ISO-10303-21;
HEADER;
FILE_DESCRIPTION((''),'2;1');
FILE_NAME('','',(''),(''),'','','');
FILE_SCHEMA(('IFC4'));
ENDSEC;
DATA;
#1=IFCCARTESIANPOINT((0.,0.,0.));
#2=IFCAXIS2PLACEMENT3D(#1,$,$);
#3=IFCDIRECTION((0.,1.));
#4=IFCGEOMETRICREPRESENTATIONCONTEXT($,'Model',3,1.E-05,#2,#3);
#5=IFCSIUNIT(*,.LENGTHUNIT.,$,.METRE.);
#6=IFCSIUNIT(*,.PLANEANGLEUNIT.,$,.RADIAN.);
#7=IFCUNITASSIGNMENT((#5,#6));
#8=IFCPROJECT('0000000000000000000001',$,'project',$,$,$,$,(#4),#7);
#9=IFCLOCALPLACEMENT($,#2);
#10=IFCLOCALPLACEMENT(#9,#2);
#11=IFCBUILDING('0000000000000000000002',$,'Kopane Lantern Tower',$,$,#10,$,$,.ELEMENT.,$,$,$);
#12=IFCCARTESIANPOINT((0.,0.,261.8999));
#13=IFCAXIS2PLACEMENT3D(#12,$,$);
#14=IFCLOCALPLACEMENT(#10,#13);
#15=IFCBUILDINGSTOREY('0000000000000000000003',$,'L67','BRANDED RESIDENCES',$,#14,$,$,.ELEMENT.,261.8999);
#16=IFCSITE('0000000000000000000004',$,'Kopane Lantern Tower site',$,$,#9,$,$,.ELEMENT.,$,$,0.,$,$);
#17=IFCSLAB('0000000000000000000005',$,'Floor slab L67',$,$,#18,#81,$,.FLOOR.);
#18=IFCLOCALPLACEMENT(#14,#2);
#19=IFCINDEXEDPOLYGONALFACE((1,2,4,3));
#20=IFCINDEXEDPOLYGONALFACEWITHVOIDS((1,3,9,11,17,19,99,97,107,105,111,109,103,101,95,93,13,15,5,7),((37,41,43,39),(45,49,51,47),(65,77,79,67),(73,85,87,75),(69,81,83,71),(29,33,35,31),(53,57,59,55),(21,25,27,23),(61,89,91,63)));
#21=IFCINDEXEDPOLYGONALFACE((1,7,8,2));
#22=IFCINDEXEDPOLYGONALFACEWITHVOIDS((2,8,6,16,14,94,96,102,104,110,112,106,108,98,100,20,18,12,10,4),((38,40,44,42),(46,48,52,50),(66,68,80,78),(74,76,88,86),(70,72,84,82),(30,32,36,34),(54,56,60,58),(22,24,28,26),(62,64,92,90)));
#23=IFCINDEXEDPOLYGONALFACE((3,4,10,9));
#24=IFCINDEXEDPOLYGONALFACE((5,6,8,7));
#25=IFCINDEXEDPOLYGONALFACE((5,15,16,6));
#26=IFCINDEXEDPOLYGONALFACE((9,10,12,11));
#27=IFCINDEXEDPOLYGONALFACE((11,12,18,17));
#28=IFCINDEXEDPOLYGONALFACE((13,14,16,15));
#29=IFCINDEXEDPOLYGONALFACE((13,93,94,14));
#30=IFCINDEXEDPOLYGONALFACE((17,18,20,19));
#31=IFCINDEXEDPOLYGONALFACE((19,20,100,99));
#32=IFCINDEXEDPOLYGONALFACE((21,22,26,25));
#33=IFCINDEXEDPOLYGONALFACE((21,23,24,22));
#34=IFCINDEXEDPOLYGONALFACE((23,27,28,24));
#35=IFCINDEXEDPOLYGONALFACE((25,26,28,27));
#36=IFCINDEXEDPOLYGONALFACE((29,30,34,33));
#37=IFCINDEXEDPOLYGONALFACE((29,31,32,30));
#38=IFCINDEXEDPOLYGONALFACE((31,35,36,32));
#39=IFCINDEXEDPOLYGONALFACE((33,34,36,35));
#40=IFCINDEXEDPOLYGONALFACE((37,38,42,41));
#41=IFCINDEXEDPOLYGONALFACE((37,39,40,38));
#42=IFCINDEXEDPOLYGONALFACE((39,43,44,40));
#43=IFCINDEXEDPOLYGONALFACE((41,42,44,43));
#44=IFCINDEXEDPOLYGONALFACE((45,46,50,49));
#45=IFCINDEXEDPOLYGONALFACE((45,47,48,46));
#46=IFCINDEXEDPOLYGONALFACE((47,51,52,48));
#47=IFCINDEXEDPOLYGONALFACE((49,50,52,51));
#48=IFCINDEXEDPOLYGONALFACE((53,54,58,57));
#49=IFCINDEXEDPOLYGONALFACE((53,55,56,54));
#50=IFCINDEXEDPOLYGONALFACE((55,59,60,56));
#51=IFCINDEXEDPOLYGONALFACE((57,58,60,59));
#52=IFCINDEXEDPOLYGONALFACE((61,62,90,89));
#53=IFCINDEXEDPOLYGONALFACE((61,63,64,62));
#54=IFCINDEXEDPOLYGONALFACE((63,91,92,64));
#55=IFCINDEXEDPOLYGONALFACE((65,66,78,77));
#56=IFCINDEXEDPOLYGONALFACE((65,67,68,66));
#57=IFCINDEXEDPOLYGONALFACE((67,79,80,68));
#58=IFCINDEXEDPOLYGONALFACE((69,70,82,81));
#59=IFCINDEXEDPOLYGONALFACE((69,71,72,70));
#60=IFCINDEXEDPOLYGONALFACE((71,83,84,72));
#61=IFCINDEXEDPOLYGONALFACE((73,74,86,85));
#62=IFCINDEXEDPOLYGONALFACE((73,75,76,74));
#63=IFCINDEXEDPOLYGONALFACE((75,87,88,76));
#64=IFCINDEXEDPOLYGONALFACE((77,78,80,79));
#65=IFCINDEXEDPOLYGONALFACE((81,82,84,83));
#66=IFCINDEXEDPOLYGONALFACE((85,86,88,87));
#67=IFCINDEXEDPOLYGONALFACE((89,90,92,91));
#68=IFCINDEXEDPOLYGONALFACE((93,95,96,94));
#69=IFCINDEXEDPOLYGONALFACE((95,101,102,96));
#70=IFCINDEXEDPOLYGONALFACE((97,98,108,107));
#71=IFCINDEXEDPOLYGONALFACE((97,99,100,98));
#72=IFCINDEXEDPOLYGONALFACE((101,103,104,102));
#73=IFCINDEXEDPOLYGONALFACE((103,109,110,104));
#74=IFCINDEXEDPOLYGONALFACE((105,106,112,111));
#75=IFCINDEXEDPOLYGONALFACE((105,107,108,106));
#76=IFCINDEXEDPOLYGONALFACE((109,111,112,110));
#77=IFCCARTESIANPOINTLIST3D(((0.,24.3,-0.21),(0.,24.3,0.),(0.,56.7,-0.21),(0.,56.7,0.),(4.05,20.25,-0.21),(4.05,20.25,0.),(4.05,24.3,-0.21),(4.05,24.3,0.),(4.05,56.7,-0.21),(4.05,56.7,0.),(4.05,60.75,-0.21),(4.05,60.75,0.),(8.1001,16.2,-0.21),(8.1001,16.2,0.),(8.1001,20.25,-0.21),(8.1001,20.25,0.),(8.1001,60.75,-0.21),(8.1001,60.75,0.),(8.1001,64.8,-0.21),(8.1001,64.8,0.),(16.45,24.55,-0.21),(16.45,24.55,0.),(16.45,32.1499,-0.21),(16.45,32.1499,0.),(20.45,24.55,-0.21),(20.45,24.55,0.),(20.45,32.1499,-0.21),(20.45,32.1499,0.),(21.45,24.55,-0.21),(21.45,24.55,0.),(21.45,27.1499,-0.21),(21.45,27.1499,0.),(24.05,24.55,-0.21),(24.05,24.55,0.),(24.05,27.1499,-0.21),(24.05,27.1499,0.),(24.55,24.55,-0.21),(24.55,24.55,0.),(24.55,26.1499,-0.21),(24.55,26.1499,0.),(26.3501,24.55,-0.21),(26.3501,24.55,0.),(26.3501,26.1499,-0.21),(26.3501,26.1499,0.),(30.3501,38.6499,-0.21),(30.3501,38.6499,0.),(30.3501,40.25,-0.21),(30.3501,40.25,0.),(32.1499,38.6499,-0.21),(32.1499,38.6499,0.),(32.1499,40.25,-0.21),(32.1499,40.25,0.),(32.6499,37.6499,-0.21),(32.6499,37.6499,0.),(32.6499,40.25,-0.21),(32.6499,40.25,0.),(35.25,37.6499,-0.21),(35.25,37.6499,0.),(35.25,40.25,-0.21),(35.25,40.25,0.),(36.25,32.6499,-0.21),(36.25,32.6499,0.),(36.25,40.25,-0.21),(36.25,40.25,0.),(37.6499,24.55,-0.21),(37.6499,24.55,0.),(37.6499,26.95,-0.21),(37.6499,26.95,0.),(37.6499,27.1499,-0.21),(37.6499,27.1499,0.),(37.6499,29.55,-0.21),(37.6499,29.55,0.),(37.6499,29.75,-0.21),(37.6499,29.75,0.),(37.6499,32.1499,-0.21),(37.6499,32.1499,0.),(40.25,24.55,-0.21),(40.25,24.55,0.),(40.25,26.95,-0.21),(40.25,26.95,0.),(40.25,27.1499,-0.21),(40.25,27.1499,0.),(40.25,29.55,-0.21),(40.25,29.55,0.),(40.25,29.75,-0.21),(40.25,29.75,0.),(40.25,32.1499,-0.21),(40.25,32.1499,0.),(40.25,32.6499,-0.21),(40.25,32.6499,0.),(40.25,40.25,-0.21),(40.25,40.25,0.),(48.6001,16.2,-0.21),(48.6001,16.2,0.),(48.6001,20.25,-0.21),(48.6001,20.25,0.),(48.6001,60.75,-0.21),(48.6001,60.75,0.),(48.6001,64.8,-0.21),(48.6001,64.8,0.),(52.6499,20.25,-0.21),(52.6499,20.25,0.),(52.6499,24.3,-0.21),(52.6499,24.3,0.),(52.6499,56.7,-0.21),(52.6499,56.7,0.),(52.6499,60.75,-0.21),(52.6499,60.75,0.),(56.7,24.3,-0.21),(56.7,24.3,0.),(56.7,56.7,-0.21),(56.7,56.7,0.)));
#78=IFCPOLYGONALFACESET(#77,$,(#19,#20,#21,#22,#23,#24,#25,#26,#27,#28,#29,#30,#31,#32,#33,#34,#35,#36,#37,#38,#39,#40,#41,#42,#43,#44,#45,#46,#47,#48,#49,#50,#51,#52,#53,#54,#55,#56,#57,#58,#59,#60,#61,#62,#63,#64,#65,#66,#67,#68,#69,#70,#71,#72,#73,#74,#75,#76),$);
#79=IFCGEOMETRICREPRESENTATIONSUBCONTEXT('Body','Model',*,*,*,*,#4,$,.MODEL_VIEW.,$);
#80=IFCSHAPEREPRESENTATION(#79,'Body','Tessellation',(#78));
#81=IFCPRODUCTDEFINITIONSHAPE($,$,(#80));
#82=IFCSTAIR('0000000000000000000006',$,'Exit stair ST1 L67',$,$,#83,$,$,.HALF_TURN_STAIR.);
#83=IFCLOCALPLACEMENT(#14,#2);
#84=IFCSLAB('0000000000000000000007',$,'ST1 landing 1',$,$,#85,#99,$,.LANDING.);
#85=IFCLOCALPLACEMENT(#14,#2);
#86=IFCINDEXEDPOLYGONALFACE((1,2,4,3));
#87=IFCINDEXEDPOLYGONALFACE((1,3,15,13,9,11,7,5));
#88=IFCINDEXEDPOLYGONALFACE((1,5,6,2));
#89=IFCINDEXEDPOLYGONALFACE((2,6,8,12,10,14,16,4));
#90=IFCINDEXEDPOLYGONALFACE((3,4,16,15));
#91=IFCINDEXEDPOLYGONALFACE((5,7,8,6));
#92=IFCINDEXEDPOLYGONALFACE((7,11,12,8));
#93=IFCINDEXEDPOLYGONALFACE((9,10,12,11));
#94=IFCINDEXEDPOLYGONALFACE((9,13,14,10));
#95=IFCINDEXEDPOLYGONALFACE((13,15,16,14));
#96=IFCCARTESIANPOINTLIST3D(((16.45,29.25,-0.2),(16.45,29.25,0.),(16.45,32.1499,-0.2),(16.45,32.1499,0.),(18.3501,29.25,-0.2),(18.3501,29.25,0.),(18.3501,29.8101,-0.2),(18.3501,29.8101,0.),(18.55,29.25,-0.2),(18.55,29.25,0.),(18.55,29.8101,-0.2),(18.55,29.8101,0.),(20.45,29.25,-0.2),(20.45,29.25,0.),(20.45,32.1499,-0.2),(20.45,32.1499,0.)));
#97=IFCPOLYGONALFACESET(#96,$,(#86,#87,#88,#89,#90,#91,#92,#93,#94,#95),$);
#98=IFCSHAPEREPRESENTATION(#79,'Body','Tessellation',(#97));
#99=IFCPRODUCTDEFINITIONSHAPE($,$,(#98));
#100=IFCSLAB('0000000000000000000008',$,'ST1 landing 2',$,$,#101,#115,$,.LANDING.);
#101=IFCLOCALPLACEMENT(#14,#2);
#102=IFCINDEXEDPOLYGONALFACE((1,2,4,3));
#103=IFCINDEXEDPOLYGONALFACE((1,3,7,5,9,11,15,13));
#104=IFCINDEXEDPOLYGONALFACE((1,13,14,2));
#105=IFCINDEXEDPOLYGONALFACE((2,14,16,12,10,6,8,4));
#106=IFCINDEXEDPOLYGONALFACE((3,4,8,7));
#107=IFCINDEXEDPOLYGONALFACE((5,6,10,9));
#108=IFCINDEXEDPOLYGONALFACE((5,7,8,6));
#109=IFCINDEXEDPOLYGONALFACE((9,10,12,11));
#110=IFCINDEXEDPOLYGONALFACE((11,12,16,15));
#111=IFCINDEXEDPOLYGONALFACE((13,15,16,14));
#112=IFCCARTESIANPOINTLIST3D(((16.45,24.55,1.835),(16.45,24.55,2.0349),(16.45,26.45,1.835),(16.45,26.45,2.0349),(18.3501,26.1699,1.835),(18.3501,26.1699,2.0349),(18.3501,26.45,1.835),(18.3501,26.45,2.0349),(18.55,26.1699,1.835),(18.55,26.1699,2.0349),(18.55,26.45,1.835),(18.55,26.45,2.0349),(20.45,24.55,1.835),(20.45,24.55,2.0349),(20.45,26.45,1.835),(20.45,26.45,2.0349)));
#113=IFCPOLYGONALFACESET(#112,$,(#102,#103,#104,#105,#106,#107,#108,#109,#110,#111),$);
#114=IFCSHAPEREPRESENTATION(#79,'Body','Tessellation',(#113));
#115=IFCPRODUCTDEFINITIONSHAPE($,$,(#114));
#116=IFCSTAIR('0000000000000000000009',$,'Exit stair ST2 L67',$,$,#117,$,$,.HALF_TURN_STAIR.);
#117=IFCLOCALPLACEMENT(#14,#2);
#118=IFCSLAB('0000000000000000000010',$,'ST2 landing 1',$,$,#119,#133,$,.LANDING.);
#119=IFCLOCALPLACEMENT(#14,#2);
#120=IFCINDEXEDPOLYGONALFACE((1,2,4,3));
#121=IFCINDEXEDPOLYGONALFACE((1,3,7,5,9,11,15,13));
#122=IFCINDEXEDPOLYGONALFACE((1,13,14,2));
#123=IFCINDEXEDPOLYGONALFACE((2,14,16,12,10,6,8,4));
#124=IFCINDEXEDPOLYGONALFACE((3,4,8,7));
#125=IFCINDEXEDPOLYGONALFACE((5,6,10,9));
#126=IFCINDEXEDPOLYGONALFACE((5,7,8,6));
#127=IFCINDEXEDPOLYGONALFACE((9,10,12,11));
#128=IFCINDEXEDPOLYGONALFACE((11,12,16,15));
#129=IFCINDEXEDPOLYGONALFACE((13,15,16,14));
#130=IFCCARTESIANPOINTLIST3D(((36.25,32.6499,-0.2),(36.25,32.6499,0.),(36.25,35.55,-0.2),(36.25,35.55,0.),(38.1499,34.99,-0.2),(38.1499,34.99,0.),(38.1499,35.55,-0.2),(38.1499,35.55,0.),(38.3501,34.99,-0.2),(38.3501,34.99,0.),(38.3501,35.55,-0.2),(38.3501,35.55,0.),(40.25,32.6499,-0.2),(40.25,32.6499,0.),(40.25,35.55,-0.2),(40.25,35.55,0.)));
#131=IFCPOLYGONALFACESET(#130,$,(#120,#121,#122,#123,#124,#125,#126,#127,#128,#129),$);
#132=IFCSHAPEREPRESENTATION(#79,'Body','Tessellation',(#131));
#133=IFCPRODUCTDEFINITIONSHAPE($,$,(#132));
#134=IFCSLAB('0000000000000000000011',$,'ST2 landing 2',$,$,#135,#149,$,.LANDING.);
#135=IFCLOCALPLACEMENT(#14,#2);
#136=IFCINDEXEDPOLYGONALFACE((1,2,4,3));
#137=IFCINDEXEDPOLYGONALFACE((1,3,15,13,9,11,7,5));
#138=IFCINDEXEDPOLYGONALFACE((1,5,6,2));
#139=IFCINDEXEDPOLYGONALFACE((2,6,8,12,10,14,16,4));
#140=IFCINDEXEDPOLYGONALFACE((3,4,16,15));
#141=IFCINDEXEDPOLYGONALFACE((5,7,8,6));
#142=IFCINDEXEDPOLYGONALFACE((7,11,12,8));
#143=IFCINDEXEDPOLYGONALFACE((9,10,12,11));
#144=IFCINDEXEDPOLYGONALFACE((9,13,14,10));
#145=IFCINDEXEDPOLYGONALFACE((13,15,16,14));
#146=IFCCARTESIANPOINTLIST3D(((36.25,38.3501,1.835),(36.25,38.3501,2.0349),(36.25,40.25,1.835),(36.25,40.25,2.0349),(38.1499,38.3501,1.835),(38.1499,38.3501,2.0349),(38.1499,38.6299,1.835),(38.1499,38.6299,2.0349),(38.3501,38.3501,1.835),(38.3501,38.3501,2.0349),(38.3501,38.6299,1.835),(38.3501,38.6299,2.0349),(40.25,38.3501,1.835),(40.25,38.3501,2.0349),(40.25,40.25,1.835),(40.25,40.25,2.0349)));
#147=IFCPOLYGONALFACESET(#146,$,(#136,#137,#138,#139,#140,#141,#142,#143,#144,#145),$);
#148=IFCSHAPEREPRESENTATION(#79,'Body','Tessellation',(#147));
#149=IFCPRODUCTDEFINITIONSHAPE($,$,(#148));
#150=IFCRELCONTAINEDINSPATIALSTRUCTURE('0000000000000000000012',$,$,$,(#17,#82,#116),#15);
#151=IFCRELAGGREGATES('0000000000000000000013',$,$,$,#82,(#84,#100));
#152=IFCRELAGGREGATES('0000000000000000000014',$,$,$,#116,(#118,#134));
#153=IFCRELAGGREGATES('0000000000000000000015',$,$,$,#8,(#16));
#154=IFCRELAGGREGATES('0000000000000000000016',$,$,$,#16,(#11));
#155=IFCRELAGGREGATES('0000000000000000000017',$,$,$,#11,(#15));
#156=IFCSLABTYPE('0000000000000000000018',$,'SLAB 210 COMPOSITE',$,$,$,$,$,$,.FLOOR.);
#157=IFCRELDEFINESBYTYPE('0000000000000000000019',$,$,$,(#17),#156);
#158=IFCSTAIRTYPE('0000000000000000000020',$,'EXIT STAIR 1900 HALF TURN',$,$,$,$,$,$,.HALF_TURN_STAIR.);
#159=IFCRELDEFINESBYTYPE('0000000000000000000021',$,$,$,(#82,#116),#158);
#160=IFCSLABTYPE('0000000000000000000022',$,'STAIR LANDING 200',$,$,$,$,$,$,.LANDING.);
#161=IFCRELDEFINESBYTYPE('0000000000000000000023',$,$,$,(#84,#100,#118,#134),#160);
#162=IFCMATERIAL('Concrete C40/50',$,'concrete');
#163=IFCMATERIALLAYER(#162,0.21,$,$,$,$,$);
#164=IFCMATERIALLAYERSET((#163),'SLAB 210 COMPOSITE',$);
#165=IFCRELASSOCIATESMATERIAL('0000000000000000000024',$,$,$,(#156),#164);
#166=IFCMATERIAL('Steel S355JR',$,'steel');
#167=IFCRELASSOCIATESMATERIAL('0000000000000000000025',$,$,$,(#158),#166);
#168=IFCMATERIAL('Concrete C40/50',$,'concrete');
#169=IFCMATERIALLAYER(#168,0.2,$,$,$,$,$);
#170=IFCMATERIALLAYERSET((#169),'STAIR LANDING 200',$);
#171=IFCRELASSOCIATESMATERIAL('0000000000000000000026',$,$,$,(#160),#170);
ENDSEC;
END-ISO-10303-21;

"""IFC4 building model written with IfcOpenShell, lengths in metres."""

from ifc_helpers import new_model, si_unit, direction, frame, origin, place, context, subcontext, project, spatial, polyline, outline, extrude, material, layer, layer_set, type_object, element, aggregate, save


model = new_model("IFC4")

# Units and contexts
model_context = context("Model", 3, precision=1e-05, world=origin(), true_north=direction((0.0, 1.0)))
body_context = subcontext(model_context, "Body", "Model", "MODEL_VIEW")
ifc_project = project(units=[si_unit("LENGTHUNIT", "METRE"), si_unit("PLANEANGLEUNIT", "RADIAN")], contexts=[model_context])

# Site, building, storey
site_placement = place(None, origin())
site = spatial("IfcSite", under=ifc_project, at=site_placement, Name="Kopane Lantern Tower site", CompositionType="ELEMENT", RefElevation=0.0)
building_placement = place(site_placement, origin())
building = spatial("IfcBuilding", under=site, at=building_placement, Name="Kopane Lantern Tower", CompositionType="ELEMENT")
storey_placement = place(building_placement, frame((0.0, 0.0, 261.8999)))
storey = spatial("IfcBuildingStorey", under=building, at=storey_placement, Name="L67", Description="BRANDED RESIDENCES", CompositionType="ELEMENT", Elevation=261.8999)

# Slab
ifc_material_1 = material(Name="Concrete C40/50", Category="concrete")
ifc_layer_1 = layer(ifc_material_1, 0.21)
ifc_layer_set_1 = layer_set([ifc_layer_1], Name="SLAB 210 COMPOSITE")
slab_type_1 = type_object("IfcSlabType", Name="SLAB 210 COMPOSITE", PredefinedType="FLOOR", material=ifc_layer_set_1)
slab_1_placement = place(storey_placement, frame((0.0, 0.0, -0.21)))
element("IfcSlab", 1, at=slab_1_placement, inside=storey, type_object=slab_type_1, Name="Floor slab L67", PredefinedType="FLOOR", context=body_context, shape_type="SweptSolid", body=[
    extrude(outline(polyline([(8.1001, 16.2), (48.6001, 16.2), (48.6001, 20.25), (52.6499, 20.25), (52.6499, 24.3), (56.7, 24.3), (56.7, 56.7), (52.6499, 56.7), (52.6499, 60.75), (48.6001, 60.75), (48.6001, 64.8), (8.1001, 64.8), (8.1001, 60.75), (4.05, 60.75), (4.05, 56.7), (0.0, 56.7), (0.0, 24.3), (4.05, 24.3), (4.05, 20.25), (8.1001, 20.25), (8.1001, 16.2)]), holes=[polyline([(16.45, 24.55), (20.45, 24.55), (20.45, 32.1499), (16.45, 32.1499), (16.45, 24.55)]), polyline([(36.25, 32.6499), (40.25, 32.6499), (40.25, 40.25), (36.25, 40.25), (36.25, 32.6499)]), polyline([(37.6499, 24.55), (40.25, 24.55), (40.25, 26.95), (37.6499, 26.95), (37.6499, 24.55)]), polyline([(37.6499, 27.1499), (40.25, 27.1499), (40.25, 29.55), (37.6499, 29.55), (37.6499, 27.1499)]), polyline([(37.6499, 29.75), (40.25, 29.75), (40.25, 32.1499), (37.6499, 32.1499), (37.6499, 29.75)]), polyline([(21.45, 24.55), (24.05, 24.55), (24.05, 27.1499), (21.45, 27.1499), (21.45, 24.55)]), polyline([(32.6499, 37.6499), (35.25, 37.6499), (35.25, 40.25), (32.6499, 40.25), (32.6499, 37.6499)]), polyline([(24.55, 24.55), (26.3501, 24.55), (26.3501, 26.1499), (24.55, 26.1499), (24.55, 24.55)]), polyline([(30.3501, 38.6499), (32.1499, 38.6499), (32.1499, 40.25), (30.3501, 40.25), (30.3501, 38.6499)])]), origin(), (0.0, 0.0, 1.0), 0.21),
])

# Stairs, slabs
ifc_material_2 = material(Name="Steel S355JR", Category="steel")
stair_type = type_object("IfcStairType", Name="EXIT STAIR 1900 HALF TURN", PredefinedType="HALF_TURN_STAIR", material=ifc_material_2)
stair_1_placement = place(storey_placement, origin())
stair_1 = element("IfcStair", 2, at=stair_1_placement, inside=storey, type_object=stair_type, Name="Exit stair ST1 L67", PredefinedType="HALF_TURN_STAIR")
ifc_material_3 = material(Name="Concrete C40/50", Category="concrete")
ifc_layer_2 = layer(ifc_material_3, 0.2)
ifc_layer_set_2 = layer_set([ifc_layer_2], Name="STAIR LANDING 200")
slab_type_2 = type_object("IfcSlabType", Name="STAIR LANDING 200", PredefinedType="LANDING", material=ifc_layer_set_2)
slab_2_placement = place(storey_placement, frame((0.0, 0.0, -0.2)))
slab_2 = element("IfcSlab", 3, at=slab_2_placement, type_object=slab_type_2, Name="ST1 landing 1", PredefinedType="LANDING", context=body_context, shape_type="SweptSolid", body=[
    extrude(outline(polyline([(18.3501, 29.8101), (18.55, 29.8101), (18.55, 29.25), (20.45, 29.25), (20.45, 32.1499), (16.45, 32.1499), (16.45, 29.25), (18.3501, 29.25), (18.3501, 29.8101)])), origin(), (0.0, 0.0, 1.0), 0.2),
])
slab_3_placement = place(storey_placement, frame((0.0, 0.0, 1.835)))
slab_3 = element("IfcSlab", 4, at=slab_3_placement, type_object=slab_type_2, Name="ST1 landing 2", PredefinedType="LANDING", context=body_context, shape_type="SweptSolid", body=[
    extrude(outline(polyline([(20.45, 26.45), (18.55, 26.45), (18.55, 26.1699), (18.3501, 26.1699), (18.3501, 26.45), (16.45, 26.45), (16.45, 24.55), (20.45, 24.55), (20.45, 26.45)])), origin(), (0.0, 0.0, 1.0), 0.2),
])
aggregate(stair_1, [slab_2, slab_3])
stair_2_placement = place(storey_placement, origin())
stair_2 = element("IfcStair", 5, at=stair_2_placement, inside=storey, type_object=stair_type, Name="Exit stair ST2 L67", PredefinedType="HALF_TURN_STAIR")
slab_4_placement = place(storey_placement, frame((0.0, 0.0, -0.2)))
slab_4 = element("IfcSlab", 6, at=slab_4_placement, type_object=slab_type_2, Name="ST2 landing 1", PredefinedType="LANDING", context=body_context, shape_type="SweptSolid", body=[
    extrude(outline(polyline([(40.25, 35.55), (38.3501, 35.55), (38.3501, 34.99), (38.1499, 34.99), (38.1499, 35.55), (36.25, 35.55), (36.25, 32.6499), (40.25, 32.6499), (40.25, 35.55)])), origin(), (0.0, 0.0, 1.0), 0.2),
])
slab_5_placement = place(storey_placement, frame((0.0, 0.0, 1.835)))
slab_5 = element("IfcSlab", 7, at=slab_5_placement, type_object=slab_type_2, Name="ST2 landing 2", PredefinedType="LANDING", context=body_context, shape_type="SweptSolid", body=[
    extrude(outline(polyline([(38.1499, 38.6299), (38.3501, 38.6299), (38.3501, 38.3501), (40.25, 38.3501), (40.25, 40.25), (36.25, 40.25), (36.25, 38.3501), (38.1499, 38.3501), (38.1499, 38.6299)])), origin(), (0.0, 0.0, 1.0), 0.2),
])
aggregate(stair_2, [slab_4, slab_5])

save(model, "model.ifc")
